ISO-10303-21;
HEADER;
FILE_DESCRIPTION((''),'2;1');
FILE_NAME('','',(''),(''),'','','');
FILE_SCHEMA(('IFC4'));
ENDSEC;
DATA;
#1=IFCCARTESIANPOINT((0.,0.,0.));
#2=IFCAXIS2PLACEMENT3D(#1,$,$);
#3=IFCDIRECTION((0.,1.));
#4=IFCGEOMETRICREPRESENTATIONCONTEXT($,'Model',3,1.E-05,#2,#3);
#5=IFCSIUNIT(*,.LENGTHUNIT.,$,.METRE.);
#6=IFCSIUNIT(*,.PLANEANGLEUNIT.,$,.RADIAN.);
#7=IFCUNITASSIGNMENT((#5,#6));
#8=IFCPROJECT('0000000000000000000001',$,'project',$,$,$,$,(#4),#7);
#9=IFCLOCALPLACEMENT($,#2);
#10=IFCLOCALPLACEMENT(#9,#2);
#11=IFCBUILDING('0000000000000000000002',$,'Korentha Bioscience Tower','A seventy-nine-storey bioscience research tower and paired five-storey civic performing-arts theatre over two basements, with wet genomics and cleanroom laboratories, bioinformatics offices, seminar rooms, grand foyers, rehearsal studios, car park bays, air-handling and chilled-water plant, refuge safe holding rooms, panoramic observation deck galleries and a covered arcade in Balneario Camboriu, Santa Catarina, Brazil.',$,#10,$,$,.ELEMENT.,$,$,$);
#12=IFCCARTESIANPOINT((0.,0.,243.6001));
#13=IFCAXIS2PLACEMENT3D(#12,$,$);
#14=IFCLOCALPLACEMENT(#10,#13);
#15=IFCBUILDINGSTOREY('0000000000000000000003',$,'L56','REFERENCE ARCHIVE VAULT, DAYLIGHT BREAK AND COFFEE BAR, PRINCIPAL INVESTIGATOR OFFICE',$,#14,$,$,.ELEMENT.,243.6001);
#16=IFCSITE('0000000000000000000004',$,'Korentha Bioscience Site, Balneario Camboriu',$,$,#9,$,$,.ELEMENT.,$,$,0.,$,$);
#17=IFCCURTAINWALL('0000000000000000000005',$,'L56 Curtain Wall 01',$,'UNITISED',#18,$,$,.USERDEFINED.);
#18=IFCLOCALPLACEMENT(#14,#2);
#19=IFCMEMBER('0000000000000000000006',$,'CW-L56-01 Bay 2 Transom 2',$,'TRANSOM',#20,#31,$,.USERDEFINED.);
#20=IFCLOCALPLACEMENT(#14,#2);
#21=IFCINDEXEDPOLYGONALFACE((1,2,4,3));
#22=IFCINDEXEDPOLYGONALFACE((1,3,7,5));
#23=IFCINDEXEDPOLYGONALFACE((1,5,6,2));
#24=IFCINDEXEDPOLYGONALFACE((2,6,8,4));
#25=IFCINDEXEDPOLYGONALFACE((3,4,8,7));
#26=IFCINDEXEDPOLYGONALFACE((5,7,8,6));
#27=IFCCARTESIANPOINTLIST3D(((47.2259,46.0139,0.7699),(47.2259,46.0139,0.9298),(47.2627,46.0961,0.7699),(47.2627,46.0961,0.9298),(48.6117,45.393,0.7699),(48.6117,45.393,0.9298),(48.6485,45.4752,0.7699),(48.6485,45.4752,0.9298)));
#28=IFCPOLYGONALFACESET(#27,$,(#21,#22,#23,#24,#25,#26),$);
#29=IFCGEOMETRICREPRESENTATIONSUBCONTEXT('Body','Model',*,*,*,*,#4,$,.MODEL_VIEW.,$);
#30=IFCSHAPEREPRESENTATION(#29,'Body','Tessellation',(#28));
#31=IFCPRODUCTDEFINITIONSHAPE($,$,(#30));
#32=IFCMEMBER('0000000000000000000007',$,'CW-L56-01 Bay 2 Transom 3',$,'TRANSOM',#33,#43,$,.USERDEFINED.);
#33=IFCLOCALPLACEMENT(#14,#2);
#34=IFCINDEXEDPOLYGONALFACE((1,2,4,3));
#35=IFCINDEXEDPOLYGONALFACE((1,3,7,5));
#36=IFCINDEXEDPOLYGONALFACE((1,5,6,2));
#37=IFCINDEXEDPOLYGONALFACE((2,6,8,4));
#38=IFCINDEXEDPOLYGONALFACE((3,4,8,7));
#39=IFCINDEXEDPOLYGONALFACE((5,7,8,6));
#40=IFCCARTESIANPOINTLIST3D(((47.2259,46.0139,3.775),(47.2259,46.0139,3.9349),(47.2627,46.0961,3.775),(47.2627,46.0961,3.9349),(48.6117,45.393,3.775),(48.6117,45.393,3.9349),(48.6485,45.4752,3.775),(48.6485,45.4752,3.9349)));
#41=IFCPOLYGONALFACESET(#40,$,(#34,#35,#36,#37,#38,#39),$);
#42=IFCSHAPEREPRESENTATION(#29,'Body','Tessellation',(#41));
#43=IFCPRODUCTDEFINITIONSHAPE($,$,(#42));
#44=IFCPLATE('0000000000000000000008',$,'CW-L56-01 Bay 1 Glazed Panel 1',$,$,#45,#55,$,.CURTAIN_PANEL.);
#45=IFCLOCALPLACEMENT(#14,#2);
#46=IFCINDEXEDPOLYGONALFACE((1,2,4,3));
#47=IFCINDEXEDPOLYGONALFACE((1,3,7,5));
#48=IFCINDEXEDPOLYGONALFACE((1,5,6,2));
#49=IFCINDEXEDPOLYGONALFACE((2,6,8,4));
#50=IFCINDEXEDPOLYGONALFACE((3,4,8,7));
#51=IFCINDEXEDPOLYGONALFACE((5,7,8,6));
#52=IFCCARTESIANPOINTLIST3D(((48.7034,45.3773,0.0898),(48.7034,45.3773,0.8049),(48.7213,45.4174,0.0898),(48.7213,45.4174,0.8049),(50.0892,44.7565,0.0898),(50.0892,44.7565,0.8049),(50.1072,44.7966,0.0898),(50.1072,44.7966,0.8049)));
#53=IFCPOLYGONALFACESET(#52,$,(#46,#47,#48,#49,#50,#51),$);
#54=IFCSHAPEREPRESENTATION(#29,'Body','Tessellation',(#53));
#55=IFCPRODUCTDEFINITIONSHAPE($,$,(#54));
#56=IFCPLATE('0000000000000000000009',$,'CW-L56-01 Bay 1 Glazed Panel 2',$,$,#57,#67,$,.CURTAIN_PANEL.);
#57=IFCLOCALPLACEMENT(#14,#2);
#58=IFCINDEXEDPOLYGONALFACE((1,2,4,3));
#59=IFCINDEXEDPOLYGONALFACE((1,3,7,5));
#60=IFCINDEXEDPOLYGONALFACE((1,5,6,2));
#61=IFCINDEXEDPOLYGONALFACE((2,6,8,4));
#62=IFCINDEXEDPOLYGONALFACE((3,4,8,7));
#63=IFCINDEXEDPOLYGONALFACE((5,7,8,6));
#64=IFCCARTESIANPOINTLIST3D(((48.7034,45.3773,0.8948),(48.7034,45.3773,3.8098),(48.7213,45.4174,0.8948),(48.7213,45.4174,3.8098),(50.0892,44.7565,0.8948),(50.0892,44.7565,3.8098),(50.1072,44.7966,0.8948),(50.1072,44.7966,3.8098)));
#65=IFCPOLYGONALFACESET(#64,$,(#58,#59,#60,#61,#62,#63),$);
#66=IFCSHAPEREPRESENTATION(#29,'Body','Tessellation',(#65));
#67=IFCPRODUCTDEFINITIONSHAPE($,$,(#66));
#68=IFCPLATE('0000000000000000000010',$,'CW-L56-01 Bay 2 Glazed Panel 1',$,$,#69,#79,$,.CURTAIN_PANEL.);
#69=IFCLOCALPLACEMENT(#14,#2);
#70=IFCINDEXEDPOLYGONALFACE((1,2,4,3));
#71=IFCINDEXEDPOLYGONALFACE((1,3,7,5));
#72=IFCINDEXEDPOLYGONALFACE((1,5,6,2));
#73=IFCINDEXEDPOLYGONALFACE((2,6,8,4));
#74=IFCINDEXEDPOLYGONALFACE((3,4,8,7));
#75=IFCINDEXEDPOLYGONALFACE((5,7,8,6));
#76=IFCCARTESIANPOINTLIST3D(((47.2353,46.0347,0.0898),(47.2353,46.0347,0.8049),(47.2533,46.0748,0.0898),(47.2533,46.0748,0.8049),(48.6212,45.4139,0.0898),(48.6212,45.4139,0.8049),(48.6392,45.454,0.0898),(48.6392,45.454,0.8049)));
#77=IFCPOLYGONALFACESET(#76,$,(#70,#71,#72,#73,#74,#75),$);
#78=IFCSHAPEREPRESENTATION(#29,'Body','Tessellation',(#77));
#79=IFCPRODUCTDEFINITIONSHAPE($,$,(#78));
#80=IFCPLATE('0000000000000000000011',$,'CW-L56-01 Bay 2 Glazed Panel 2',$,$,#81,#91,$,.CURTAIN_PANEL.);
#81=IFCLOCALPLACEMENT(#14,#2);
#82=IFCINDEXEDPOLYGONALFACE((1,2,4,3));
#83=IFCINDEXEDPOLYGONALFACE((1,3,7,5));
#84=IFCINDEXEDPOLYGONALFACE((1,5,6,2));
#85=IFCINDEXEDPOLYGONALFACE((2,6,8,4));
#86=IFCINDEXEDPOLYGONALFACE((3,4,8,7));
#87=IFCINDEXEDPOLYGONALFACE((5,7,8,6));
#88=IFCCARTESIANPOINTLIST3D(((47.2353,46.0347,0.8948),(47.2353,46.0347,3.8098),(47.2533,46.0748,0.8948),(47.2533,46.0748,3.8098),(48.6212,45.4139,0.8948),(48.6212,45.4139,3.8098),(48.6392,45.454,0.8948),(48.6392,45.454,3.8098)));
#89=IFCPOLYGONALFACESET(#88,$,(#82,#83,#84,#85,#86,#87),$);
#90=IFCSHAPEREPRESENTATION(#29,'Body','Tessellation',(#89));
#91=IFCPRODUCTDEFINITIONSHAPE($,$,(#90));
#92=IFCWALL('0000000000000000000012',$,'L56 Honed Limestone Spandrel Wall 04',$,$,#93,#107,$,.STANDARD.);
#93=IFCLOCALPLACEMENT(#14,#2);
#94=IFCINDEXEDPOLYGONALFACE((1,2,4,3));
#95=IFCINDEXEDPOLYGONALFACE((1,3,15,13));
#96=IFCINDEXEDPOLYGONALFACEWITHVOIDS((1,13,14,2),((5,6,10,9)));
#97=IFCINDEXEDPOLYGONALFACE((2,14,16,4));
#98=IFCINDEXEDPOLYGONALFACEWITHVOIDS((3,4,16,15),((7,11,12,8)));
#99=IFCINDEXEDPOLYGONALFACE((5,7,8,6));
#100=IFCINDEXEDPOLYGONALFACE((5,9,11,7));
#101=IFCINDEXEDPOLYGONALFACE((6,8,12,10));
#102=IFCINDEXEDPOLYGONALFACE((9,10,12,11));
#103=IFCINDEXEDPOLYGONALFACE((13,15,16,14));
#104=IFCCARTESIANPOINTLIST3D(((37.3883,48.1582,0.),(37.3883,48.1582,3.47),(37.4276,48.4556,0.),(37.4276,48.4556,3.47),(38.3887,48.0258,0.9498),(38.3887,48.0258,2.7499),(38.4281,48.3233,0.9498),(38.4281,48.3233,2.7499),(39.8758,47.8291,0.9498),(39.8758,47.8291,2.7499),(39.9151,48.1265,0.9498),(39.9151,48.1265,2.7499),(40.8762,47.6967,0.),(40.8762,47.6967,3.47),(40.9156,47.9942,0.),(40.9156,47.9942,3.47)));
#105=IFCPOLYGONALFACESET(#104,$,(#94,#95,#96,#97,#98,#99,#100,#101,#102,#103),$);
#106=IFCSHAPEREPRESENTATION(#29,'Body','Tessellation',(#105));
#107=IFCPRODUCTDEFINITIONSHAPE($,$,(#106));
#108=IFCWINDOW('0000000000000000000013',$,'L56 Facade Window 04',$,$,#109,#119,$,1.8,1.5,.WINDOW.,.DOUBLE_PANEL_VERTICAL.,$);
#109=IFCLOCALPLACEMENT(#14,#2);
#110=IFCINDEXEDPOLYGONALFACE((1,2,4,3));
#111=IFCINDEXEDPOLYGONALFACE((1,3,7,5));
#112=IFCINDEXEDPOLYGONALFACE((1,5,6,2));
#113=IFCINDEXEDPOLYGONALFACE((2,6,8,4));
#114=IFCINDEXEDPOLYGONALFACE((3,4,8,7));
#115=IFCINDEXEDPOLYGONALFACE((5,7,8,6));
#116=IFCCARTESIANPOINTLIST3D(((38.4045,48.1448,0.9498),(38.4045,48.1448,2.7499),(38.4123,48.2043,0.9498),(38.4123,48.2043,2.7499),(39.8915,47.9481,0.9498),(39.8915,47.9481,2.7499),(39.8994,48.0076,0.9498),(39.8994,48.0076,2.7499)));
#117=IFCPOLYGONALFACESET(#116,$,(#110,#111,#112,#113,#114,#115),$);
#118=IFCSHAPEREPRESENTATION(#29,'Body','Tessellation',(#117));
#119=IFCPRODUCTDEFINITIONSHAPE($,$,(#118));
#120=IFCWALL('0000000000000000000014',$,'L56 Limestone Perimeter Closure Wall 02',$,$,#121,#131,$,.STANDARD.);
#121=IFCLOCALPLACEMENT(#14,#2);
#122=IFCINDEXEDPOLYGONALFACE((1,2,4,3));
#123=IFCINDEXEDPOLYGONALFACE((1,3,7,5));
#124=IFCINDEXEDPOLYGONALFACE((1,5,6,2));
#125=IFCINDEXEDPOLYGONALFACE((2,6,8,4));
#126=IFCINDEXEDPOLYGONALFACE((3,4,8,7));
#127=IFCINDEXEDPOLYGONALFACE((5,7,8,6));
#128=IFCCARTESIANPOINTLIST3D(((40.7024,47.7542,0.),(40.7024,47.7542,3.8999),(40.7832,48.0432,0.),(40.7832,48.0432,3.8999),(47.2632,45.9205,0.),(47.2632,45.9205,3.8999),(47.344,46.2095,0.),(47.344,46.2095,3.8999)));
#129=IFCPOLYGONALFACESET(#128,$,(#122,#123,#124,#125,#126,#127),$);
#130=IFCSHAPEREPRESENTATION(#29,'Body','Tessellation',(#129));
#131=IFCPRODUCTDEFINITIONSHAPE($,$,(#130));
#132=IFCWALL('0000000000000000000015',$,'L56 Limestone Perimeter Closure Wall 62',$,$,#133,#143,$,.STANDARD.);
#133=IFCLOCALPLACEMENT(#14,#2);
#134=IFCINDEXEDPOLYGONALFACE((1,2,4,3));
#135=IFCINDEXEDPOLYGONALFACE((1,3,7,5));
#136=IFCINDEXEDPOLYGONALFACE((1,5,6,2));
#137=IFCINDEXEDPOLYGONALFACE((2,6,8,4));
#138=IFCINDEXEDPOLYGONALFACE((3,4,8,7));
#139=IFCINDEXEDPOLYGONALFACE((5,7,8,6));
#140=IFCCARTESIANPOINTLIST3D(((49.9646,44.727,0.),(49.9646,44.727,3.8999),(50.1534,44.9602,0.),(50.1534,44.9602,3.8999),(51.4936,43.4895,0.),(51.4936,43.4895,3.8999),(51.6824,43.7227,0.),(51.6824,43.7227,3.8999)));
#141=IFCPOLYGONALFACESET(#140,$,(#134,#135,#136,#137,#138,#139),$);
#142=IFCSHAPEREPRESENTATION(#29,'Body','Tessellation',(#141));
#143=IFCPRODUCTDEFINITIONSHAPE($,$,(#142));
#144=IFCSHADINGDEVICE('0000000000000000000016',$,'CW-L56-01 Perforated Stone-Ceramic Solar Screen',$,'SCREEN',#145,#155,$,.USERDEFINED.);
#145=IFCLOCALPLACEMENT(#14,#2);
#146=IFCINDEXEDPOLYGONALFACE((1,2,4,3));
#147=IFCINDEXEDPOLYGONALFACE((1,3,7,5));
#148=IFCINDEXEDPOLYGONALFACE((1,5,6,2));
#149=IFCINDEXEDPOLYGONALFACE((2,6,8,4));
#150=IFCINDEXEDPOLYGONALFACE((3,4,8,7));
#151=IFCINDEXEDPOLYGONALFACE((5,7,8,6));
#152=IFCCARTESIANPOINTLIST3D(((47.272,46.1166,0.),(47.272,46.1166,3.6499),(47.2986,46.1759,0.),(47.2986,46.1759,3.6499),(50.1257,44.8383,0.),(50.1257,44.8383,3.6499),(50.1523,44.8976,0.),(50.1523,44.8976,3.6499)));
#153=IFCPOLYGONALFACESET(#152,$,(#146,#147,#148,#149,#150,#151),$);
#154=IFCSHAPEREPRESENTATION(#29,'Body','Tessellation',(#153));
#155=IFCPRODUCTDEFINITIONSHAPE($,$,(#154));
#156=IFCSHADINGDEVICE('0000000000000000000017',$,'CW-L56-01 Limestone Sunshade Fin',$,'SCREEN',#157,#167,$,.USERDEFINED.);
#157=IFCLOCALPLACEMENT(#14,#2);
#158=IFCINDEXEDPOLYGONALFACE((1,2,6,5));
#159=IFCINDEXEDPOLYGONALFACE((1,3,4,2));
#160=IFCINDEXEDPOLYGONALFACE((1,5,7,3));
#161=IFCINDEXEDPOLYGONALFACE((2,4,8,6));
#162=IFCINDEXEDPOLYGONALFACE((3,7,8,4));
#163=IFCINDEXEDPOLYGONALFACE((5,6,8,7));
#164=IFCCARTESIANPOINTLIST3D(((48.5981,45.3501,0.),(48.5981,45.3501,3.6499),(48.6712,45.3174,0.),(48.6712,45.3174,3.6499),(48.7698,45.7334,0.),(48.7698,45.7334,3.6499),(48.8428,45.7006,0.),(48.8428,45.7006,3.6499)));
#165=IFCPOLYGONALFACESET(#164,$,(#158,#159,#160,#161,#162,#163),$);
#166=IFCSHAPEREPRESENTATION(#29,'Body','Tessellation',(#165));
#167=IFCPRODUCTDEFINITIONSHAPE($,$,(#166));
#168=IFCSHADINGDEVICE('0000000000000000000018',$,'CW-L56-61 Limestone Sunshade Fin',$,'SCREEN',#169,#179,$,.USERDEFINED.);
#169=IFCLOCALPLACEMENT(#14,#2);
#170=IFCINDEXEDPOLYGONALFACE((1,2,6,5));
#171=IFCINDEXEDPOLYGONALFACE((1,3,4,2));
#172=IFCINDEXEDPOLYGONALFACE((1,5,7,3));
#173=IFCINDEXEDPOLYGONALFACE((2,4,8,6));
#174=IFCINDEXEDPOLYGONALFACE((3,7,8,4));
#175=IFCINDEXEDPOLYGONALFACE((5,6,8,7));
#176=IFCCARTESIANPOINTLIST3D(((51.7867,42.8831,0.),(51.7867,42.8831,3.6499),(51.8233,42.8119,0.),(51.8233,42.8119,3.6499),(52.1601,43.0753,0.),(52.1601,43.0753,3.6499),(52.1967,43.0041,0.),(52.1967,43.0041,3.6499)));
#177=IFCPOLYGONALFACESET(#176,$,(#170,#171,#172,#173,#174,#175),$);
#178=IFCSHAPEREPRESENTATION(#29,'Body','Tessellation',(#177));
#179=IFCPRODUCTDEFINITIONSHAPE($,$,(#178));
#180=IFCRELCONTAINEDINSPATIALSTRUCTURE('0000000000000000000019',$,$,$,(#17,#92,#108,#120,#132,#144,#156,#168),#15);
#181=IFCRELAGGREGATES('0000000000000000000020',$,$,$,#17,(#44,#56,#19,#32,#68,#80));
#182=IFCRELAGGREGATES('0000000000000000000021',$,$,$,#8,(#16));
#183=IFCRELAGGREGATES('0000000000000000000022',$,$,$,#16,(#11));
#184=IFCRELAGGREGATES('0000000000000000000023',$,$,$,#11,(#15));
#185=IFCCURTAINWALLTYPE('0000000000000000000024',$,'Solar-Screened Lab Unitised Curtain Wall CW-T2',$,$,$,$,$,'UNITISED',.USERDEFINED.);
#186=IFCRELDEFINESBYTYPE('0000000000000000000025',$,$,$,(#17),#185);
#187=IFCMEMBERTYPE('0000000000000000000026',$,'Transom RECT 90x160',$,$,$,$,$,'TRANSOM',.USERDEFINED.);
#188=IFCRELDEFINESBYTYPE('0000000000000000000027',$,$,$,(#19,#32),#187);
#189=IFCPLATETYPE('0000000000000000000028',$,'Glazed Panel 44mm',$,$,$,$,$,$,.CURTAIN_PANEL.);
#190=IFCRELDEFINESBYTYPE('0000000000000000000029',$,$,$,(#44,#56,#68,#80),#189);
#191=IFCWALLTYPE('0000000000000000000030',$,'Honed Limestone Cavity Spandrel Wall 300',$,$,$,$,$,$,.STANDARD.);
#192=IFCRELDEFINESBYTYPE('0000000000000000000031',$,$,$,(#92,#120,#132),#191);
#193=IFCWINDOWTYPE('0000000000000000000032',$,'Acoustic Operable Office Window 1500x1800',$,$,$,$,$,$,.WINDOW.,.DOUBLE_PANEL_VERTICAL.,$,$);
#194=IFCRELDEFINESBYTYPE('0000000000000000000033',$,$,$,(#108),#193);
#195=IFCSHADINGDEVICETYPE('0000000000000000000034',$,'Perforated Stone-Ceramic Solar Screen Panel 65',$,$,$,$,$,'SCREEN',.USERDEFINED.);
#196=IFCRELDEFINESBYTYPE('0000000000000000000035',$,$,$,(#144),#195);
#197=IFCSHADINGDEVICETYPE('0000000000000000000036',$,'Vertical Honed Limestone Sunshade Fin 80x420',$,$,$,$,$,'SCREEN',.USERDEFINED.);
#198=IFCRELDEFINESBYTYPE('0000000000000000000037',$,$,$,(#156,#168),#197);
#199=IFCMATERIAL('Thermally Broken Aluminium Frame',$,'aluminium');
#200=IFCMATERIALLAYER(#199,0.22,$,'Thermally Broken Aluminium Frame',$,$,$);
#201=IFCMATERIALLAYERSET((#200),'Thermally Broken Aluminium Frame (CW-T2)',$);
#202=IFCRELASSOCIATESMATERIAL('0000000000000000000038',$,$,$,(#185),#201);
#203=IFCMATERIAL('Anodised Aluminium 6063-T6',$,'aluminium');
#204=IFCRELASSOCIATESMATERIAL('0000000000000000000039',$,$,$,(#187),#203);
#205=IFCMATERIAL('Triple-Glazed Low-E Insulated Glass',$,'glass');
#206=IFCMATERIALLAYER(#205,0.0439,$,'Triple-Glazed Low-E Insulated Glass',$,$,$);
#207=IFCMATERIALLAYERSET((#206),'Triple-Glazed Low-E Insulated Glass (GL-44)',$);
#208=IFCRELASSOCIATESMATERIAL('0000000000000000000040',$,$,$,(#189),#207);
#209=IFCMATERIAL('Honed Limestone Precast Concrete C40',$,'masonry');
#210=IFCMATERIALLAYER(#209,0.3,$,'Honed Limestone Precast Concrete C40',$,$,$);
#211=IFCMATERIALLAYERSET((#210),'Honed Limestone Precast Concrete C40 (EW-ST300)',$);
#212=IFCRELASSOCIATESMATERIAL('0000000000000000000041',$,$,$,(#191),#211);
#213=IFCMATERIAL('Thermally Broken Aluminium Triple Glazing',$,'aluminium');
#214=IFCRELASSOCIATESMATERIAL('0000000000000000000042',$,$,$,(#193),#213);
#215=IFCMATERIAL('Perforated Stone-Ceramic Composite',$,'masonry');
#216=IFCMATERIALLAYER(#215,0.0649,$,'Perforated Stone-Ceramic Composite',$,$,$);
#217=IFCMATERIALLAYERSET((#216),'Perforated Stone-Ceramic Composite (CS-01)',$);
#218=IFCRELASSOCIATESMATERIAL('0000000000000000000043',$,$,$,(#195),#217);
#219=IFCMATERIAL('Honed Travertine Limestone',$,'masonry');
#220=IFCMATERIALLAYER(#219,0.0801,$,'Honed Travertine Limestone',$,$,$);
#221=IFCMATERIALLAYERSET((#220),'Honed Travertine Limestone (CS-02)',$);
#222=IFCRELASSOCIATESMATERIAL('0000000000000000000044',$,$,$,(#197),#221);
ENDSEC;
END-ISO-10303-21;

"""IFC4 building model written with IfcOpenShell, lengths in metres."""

from ifc_helpers import new_model, si_unit, direction, frame, frame_2d, origin, origin_2d, place, context, subcontext, project, spatial, rectangle, extrude, material, layer, layer_set, material_profile, profile_set, type_object, element, fill, aggregate, save


model = new_model("IFC4")

# Units and contexts
model_context = context("Model", 3, precision=1e-05, world=origin(), true_north=direction((0.0, 1.0)))
body_context = subcontext(model_context, "Body", "Model", "MODEL_VIEW")
ifc_project = project(units=[si_unit("LENGTHUNIT", "METRE"), si_unit("PLANEANGLEUNIT", "RADIAN")], contexts=[model_context])

# Site, building, storey
site_placement = place(None, origin())
site = spatial("IfcSite", under=ifc_project, at=site_placement, Name="Korentha Bioscience Site, Balneario Camboriu", CompositionType="ELEMENT", RefElevation=0.0)
building_placement = place(site_placement, origin())
building = spatial("IfcBuilding", under=site, at=building_placement, Name="Korentha Bioscience Tower", Description="A seventy-nine-storey bioscience research tower and paired five-storey civic performing-arts theatre over two basements, with wet genomics and cleanroom laboratories, bioinformatics offices, seminar rooms, grand foyers, rehearsal studios, car park bays, air-handling and chilled-water plant, refuge safe holding rooms, panoramic observation deck galleries and a covered arcade in Balneario Camboriu, Santa Catarina, Brazil.", CompositionType="ELEMENT")
storey_placement = place(building_placement, frame((0.0, 0.0, 243.6001)))
storey = spatial("IfcBuildingStorey", under=building, at=storey_placement, Name="L56", Description="REFERENCE ARCHIVE VAULT, DAYLIGHT BREAK AND COFFEE BAR, PRINCIPAL INVESTIGATOR OFFICE", CompositionType="ELEMENT", Elevation=243.6001)

# Curtain wall
ifc_material_1 = material(Name="Thermally Broken Aluminium Frame", Category="aluminium")
ifc_layer_1 = layer(ifc_material_1, 0.22, Name="Thermally Broken Aluminium Frame")
ifc_layer_set_1 = layer_set([ifc_layer_1], Name="Thermally Broken Aluminium Frame (CW-T2)")
curtain_wall_type = type_object("IfcCurtainWallType", Name="Solar-Screened Lab Unitised Curtain Wall CW-T2", ElementType="UNITISED", PredefinedType="USERDEFINED", material=ifc_layer_set_1)
curtain_wall_1_placement = place(storey_placement, origin())
curtain_wall_1 = element("IfcCurtainWall", 1, at=curtain_wall_1_placement, inside=storey, type_object=curtain_wall_type, Name="L56 Curtain Wall 01", ObjectType="UNITISED", PredefinedType="USERDEFINED")
ifc_material_2 = material(Name="Anodised Aluminium 6063-T6", Category="aluminium")

# Members
ifc_material_profile_1 = material_profile(ifc_material_2, rectangle(XDim=0.0901, YDim=0.1599, at=origin_2d()), Name="Anodised Aluminium 6063-T6")
ifc_profile_set_1 = profile_set([ifc_material_profile_1], Name="Anodised Aluminium 6063-T6 (CW-TRN)")
member_type_1 = type_object("IfcMemberType", Name="Transom RECT 90x160", ElementType="TRANSOM", PredefinedType="USERDEFINED", material=ifc_profile_set_1)
member_1_placement = place(storey_placement, frame((48.6301, 45.4341, 0.8499), z_axis=(-0.912594, 0.408867, 0.0), x_axis=(-0.408867, -0.912594, 0.0)))
member_1 = element("IfcMember", 2, at=member_1_placement, type_object=member_type_1, Name="CW-L56-01 Bay 2 Transom 2", ObjectType="TRANSOM", PredefinedType="USERDEFINED", context=body_context, shape_type="SweptSolid", body=[
    extrude(rectangle(XDim=0.0901, YDim=0.1599, at=origin_2d()), origin(), (0.0, 0.0, 1.0), 1.5186),
])
member_2_placement = place(storey_placement, frame((48.6301, 45.4341, 3.855), z_axis=(-0.912594, 0.408867, 0.0), x_axis=(-0.408867, -0.912594, 0.0)))
member_2 = element("IfcMember", 3, at=member_2_placement, type_object=member_type_1, Name="CW-L56-01 Bay 2 Transom 3", ObjectType="TRANSOM", PredefinedType="USERDEFINED", context=body_context, shape_type="SweptSolid", body=[
    extrude(rectangle(XDim=0.0901, YDim=0.1599, at=origin_2d()), origin(), (0.0, 0.0, 1.0), 1.5186),
])

# Plates
ifc_material_3 = material(Name="Triple-Glazed Low-E Insulated Glass", Category="glass")
ifc_layer_2 = layer(ifc_material_3, 0.0439, Name="Triple-Glazed Low-E Insulated Glass")
ifc_layer_set_2 = layer_set([ifc_layer_2], Name="Triple-Glazed Low-E Insulated Glass (GL-44)")
plate_type = type_object("IfcPlateType", Name="Glazed Panel 44mm", PredefinedType="CURTAIN_PANEL", material=ifc_layer_set_2)
plate_1_placement = place(storey_placement, frame((49.4053, 45.0869, 0.0898), z_axis=(0.0, 0.0, 1.0), x_axis=(-0.912622, 0.408805, 0.0)))
plate_1 = element("IfcPlate", 4, at=plate_1_placement, type_object=plate_type, Name="CW-L56-01 Bay 1 Glazed Panel 1", PredefinedType="CURTAIN_PANEL", context=body_context, shape_type="SweptSolid", body=[
    extrude(rectangle(XDim=1.5186, YDim=0.0439, at=origin_2d()), origin(), (0.0, 0.0, 1.0), 0.7151),
])
plate_2_placement = place(storey_placement, frame((49.4053, 45.0869, 0.8948), z_axis=(0.0, 0.0, 1.0), x_axis=(-0.912622, 0.408805, 0.0)))
plate_2 = element("IfcPlate", 5, at=plate_2_placement, type_object=plate_type, Name="CW-L56-01 Bay 1 Glazed Panel 2", PredefinedType="CURTAIN_PANEL", context=body_context, shape_type="SweptSolid", body=[
    extrude(rectangle(XDim=1.5186, YDim=0.0439, at=origin_2d()), origin(), (0.0, 0.0, 1.0), 2.915),
])
plate_3_placement = place(storey_placement, frame((47.9373, 45.7444, 0.0898), z_axis=(0.0, 0.0, 1.0), x_axis=(-0.912622, 0.408805, 0.0)))
plate_3 = element("IfcPlate", 6, at=plate_3_placement, type_object=plate_type, Name="CW-L56-01 Bay 2 Glazed Panel 1", PredefinedType="CURTAIN_PANEL", context=body_context, shape_type="SweptSolid", body=[
    extrude(rectangle(XDim=1.5186, YDim=0.0439, at=origin_2d()), origin(), (0.0, 0.0, 1.0), 0.7151),
])
plate_4_placement = place(storey_placement, frame((47.9373, 45.7444, 0.8948), z_axis=(0.0, 0.0, 1.0), x_axis=(-0.912622, 0.408805, 0.0)))
plate_4 = element("IfcPlate", 7, at=plate_4_placement, type_object=plate_type, Name="CW-L56-01 Bay 2 Glazed Panel 2", PredefinedType="CURTAIN_PANEL", context=body_context, shape_type="SweptSolid", body=[
    extrude(rectangle(XDim=1.5186, YDim=0.0439, at=origin_2d()), origin(), (0.0, 0.0, 1.0), 2.915),
])
aggregate(curtain_wall_1, [plate_1, plate_2, member_1, member_2, plate_3, plate_4])

# Wall, opening, window
ifc_material_4 = material(Name="Honed Limestone Precast Concrete C40", Category="masonry")
ifc_layer_3 = layer(ifc_material_4, 0.3, Name="Honed Limestone Precast Concrete C40")
ifc_layer_set_3 = layer_set([ifc_layer_3], Name="Honed Limestone Precast Concrete C40 (EW-ST300)")
wall_type = type_object("IfcWallType", Name="Honed Limestone Cavity Spandrel Wall 300", PredefinedType="STANDARD", material=ifc_layer_set_3)
wall_1_placement = place(storey_placement, frame((40.896, 47.8455, 0.0), z_axis=(0.0, 0.0, 1.0), x_axis=(-0.991363, 0.131146, 0.0)))
wall_1 = element("IfcWall", 8, at=wall_1_placement, inside=storey, type_object=wall_type, Name="L56 Honed Limestone Spandrel Wall 04", PredefinedType="STANDARD", context=body_context, shape_type="SweptSolid", body=[
    extrude(rectangle(XDim=3.5183, YDim=0.3, at=frame_2d((1.7593, 0.0))), origin(), (0.0, 0.0, 1.0), 3.47),
])
opening_placement = place(wall_1_placement, frame((1.0093, 0.0, 0.95)))
opening = element("IfcOpeningElement", 9, at=opening_placement, cuts=wall_1, PredefinedType="OPENING", context=body_context, shape_type="SweptSolid", body=[
    extrude(rectangle(XDim=1.5, YDim=1.8, at=frame_2d((0.75, 0.8999))), frame((0.0, 0.165, 0.0), z_axis=(0.0, -1.0, 0.0), x_axis=(1.0, 0.0, 0.0)), (0.0, 0.0, 1.0), 0.3298),
])
ifc_material_5 = material(Name="Thermally Broken Aluminium Triple Glazing", Category="aluminium")
window_type = type_object("IfcWindowType", Name="Acoustic Operable Office Window 1500x1800", PartitioningType="DOUBLE_PANEL_VERTICAL", PredefinedType="WINDOW", material=ifc_material_5)
window_placement = place(opening_placement, origin())
window = element("IfcWindow", 10, at=window_placement, inside=storey, type_object=window_type, Name="L56 Facade Window 04", OverallHeight=1.8, OverallWidth=1.5, PartitioningType="DOUBLE_PANEL_VERTICAL", PredefinedType="WINDOW", context=body_context, shape_type="SweptSolid", body=[
    extrude(rectangle(XDim=1.5, YDim=1.8, at=frame_2d((0.75, 0.8999))), frame((0.0, 0.03, 0.0), z_axis=(0.0, -1.0, 0.0), x_axis=(1.0, 0.0, 0.0)), (0.0, 0.0, 1.0), 0.0601),
])
fill(opening, window)

# Walls
wall_2_placement = place(storey_placement, frame((47.3037, 46.0649, 0.0), z_axis=(0.0, 0.0, 1.0), x_axis=(-0.963089, 0.269183, 0.0)))
element("IfcWall", 11, at=wall_2_placement, inside=storey, type_object=wall_type, Name="L56 Limestone Perimeter Closure Wall 02", PredefinedType="STANDARD", context=body_context, shape_type="SweptSolid", body=[
    extrude(rectangle(XDim=6.8123, YDim=0.3, at=frame_2d((3.4062, 0.0))), origin(), (0.0, 0.0, 1.0), 3.8999),
])
wall_3_placement = place(storey_placement, frame((51.5879, 43.6062, 0.0), z_axis=(0.0, 0.0, 1.0), x_axis=(-0.777308, 0.62912, 0.0)))
element("IfcWall", 12, at=wall_3_placement, inside=storey, type_object=wall_type, Name="L56 Limestone Perimeter Closure Wall 62", PredefinedType="STANDARD", context=body_context, shape_type="SweptSolid", body=[
    extrude(rectangle(XDim=1.967, YDim=0.3, at=frame_2d((0.9834, 0.0))), origin(), (0.0, 0.0, 1.0), 3.8999),
])

# Shading devices
ifc_material_6 = material(Name="Perforated Stone-Ceramic Composite", Category="masonry")
ifc_layer_4 = layer(ifc_material_6, 0.0649, Name="Perforated Stone-Ceramic Composite")
ifc_layer_set_4 = layer_set([ifc_layer_4], Name="Perforated Stone-Ceramic Composite (CS-01)")
shading_device_type_1 = type_object("IfcShadingDeviceType", Name="Perforated Stone-Ceramic Solar Screen Panel 65", ElementType="SCREEN", PredefinedType="USERDEFINED", material=ifc_layer_set_4)
shading_device_placement = place(storey_placement, frame((48.7122, 45.5071, 0.0), z_axis=(0.0, 0.0, 1.0), x_axis=(-0.912622, 0.408805, 0.0)))
element("IfcShadingDevice", 13, at=shading_device_placement, inside=storey, type_object=shading_device_type_1, Name="CW-L56-01 Perforated Stone-Ceramic Solar Screen", ObjectType="SCREEN", PredefinedType="USERDEFINED", context=body_context, shape_type="SweptSolid", body=[
    extrude(rectangle(XDim=3.127, YDim=0.0649, at=origin_2d()), origin(), (0.0, 0.0, 1.0), 3.6499),
])
ifc_material_7 = material(Name="Honed Travertine Limestone", Category="masonry")
ifc_layer_5 = layer(ifc_material_7, 0.0801, Name="Honed Travertine Limestone")
ifc_layer_set_5 = layer_set([ifc_layer_5], Name="Honed Travertine Limestone (CS-02)")
shading_device_type_2 = type_object("IfcShadingDeviceType", Name="Vertical Honed Limestone Sunshade Fin 80x420", ElementType="SCREEN", PredefinedType="USERDEFINED", material=ifc_layer_set_5)
for number, where, z_axis, x_axis, name in (
    (14, (48.7205, 45.5254, 0.0), (0.0, 0.0, 1.0), (-0.912622, 0.408805, 0.0), "CW-L56-01 Limestone Sunshade Fin"),
    (15, (51.9917, 42.9436, 0.0), (0.0, 0.0, 1.0), (-0.45757, 0.889174, 0.0), "CW-L56-61 Limestone Sunshade Fin"),
):
    element("IfcShadingDevice", number, at=place(storey_placement, frame(where, z_axis=z_axis, x_axis=x_axis)), inside=storey, type_object=shading_device_type_2, Name=name, ObjectType="SCREEN", PredefinedType="USERDEFINED", context=body_context, shape_type="SweptSolid", body=[
        extrude(rectangle(XDim=0.0801, YDim=0.4199, at=origin_2d()), origin(), (0.0, 0.0, 1.0), 3.6499),
    ])

save(model, "model.ifc")
